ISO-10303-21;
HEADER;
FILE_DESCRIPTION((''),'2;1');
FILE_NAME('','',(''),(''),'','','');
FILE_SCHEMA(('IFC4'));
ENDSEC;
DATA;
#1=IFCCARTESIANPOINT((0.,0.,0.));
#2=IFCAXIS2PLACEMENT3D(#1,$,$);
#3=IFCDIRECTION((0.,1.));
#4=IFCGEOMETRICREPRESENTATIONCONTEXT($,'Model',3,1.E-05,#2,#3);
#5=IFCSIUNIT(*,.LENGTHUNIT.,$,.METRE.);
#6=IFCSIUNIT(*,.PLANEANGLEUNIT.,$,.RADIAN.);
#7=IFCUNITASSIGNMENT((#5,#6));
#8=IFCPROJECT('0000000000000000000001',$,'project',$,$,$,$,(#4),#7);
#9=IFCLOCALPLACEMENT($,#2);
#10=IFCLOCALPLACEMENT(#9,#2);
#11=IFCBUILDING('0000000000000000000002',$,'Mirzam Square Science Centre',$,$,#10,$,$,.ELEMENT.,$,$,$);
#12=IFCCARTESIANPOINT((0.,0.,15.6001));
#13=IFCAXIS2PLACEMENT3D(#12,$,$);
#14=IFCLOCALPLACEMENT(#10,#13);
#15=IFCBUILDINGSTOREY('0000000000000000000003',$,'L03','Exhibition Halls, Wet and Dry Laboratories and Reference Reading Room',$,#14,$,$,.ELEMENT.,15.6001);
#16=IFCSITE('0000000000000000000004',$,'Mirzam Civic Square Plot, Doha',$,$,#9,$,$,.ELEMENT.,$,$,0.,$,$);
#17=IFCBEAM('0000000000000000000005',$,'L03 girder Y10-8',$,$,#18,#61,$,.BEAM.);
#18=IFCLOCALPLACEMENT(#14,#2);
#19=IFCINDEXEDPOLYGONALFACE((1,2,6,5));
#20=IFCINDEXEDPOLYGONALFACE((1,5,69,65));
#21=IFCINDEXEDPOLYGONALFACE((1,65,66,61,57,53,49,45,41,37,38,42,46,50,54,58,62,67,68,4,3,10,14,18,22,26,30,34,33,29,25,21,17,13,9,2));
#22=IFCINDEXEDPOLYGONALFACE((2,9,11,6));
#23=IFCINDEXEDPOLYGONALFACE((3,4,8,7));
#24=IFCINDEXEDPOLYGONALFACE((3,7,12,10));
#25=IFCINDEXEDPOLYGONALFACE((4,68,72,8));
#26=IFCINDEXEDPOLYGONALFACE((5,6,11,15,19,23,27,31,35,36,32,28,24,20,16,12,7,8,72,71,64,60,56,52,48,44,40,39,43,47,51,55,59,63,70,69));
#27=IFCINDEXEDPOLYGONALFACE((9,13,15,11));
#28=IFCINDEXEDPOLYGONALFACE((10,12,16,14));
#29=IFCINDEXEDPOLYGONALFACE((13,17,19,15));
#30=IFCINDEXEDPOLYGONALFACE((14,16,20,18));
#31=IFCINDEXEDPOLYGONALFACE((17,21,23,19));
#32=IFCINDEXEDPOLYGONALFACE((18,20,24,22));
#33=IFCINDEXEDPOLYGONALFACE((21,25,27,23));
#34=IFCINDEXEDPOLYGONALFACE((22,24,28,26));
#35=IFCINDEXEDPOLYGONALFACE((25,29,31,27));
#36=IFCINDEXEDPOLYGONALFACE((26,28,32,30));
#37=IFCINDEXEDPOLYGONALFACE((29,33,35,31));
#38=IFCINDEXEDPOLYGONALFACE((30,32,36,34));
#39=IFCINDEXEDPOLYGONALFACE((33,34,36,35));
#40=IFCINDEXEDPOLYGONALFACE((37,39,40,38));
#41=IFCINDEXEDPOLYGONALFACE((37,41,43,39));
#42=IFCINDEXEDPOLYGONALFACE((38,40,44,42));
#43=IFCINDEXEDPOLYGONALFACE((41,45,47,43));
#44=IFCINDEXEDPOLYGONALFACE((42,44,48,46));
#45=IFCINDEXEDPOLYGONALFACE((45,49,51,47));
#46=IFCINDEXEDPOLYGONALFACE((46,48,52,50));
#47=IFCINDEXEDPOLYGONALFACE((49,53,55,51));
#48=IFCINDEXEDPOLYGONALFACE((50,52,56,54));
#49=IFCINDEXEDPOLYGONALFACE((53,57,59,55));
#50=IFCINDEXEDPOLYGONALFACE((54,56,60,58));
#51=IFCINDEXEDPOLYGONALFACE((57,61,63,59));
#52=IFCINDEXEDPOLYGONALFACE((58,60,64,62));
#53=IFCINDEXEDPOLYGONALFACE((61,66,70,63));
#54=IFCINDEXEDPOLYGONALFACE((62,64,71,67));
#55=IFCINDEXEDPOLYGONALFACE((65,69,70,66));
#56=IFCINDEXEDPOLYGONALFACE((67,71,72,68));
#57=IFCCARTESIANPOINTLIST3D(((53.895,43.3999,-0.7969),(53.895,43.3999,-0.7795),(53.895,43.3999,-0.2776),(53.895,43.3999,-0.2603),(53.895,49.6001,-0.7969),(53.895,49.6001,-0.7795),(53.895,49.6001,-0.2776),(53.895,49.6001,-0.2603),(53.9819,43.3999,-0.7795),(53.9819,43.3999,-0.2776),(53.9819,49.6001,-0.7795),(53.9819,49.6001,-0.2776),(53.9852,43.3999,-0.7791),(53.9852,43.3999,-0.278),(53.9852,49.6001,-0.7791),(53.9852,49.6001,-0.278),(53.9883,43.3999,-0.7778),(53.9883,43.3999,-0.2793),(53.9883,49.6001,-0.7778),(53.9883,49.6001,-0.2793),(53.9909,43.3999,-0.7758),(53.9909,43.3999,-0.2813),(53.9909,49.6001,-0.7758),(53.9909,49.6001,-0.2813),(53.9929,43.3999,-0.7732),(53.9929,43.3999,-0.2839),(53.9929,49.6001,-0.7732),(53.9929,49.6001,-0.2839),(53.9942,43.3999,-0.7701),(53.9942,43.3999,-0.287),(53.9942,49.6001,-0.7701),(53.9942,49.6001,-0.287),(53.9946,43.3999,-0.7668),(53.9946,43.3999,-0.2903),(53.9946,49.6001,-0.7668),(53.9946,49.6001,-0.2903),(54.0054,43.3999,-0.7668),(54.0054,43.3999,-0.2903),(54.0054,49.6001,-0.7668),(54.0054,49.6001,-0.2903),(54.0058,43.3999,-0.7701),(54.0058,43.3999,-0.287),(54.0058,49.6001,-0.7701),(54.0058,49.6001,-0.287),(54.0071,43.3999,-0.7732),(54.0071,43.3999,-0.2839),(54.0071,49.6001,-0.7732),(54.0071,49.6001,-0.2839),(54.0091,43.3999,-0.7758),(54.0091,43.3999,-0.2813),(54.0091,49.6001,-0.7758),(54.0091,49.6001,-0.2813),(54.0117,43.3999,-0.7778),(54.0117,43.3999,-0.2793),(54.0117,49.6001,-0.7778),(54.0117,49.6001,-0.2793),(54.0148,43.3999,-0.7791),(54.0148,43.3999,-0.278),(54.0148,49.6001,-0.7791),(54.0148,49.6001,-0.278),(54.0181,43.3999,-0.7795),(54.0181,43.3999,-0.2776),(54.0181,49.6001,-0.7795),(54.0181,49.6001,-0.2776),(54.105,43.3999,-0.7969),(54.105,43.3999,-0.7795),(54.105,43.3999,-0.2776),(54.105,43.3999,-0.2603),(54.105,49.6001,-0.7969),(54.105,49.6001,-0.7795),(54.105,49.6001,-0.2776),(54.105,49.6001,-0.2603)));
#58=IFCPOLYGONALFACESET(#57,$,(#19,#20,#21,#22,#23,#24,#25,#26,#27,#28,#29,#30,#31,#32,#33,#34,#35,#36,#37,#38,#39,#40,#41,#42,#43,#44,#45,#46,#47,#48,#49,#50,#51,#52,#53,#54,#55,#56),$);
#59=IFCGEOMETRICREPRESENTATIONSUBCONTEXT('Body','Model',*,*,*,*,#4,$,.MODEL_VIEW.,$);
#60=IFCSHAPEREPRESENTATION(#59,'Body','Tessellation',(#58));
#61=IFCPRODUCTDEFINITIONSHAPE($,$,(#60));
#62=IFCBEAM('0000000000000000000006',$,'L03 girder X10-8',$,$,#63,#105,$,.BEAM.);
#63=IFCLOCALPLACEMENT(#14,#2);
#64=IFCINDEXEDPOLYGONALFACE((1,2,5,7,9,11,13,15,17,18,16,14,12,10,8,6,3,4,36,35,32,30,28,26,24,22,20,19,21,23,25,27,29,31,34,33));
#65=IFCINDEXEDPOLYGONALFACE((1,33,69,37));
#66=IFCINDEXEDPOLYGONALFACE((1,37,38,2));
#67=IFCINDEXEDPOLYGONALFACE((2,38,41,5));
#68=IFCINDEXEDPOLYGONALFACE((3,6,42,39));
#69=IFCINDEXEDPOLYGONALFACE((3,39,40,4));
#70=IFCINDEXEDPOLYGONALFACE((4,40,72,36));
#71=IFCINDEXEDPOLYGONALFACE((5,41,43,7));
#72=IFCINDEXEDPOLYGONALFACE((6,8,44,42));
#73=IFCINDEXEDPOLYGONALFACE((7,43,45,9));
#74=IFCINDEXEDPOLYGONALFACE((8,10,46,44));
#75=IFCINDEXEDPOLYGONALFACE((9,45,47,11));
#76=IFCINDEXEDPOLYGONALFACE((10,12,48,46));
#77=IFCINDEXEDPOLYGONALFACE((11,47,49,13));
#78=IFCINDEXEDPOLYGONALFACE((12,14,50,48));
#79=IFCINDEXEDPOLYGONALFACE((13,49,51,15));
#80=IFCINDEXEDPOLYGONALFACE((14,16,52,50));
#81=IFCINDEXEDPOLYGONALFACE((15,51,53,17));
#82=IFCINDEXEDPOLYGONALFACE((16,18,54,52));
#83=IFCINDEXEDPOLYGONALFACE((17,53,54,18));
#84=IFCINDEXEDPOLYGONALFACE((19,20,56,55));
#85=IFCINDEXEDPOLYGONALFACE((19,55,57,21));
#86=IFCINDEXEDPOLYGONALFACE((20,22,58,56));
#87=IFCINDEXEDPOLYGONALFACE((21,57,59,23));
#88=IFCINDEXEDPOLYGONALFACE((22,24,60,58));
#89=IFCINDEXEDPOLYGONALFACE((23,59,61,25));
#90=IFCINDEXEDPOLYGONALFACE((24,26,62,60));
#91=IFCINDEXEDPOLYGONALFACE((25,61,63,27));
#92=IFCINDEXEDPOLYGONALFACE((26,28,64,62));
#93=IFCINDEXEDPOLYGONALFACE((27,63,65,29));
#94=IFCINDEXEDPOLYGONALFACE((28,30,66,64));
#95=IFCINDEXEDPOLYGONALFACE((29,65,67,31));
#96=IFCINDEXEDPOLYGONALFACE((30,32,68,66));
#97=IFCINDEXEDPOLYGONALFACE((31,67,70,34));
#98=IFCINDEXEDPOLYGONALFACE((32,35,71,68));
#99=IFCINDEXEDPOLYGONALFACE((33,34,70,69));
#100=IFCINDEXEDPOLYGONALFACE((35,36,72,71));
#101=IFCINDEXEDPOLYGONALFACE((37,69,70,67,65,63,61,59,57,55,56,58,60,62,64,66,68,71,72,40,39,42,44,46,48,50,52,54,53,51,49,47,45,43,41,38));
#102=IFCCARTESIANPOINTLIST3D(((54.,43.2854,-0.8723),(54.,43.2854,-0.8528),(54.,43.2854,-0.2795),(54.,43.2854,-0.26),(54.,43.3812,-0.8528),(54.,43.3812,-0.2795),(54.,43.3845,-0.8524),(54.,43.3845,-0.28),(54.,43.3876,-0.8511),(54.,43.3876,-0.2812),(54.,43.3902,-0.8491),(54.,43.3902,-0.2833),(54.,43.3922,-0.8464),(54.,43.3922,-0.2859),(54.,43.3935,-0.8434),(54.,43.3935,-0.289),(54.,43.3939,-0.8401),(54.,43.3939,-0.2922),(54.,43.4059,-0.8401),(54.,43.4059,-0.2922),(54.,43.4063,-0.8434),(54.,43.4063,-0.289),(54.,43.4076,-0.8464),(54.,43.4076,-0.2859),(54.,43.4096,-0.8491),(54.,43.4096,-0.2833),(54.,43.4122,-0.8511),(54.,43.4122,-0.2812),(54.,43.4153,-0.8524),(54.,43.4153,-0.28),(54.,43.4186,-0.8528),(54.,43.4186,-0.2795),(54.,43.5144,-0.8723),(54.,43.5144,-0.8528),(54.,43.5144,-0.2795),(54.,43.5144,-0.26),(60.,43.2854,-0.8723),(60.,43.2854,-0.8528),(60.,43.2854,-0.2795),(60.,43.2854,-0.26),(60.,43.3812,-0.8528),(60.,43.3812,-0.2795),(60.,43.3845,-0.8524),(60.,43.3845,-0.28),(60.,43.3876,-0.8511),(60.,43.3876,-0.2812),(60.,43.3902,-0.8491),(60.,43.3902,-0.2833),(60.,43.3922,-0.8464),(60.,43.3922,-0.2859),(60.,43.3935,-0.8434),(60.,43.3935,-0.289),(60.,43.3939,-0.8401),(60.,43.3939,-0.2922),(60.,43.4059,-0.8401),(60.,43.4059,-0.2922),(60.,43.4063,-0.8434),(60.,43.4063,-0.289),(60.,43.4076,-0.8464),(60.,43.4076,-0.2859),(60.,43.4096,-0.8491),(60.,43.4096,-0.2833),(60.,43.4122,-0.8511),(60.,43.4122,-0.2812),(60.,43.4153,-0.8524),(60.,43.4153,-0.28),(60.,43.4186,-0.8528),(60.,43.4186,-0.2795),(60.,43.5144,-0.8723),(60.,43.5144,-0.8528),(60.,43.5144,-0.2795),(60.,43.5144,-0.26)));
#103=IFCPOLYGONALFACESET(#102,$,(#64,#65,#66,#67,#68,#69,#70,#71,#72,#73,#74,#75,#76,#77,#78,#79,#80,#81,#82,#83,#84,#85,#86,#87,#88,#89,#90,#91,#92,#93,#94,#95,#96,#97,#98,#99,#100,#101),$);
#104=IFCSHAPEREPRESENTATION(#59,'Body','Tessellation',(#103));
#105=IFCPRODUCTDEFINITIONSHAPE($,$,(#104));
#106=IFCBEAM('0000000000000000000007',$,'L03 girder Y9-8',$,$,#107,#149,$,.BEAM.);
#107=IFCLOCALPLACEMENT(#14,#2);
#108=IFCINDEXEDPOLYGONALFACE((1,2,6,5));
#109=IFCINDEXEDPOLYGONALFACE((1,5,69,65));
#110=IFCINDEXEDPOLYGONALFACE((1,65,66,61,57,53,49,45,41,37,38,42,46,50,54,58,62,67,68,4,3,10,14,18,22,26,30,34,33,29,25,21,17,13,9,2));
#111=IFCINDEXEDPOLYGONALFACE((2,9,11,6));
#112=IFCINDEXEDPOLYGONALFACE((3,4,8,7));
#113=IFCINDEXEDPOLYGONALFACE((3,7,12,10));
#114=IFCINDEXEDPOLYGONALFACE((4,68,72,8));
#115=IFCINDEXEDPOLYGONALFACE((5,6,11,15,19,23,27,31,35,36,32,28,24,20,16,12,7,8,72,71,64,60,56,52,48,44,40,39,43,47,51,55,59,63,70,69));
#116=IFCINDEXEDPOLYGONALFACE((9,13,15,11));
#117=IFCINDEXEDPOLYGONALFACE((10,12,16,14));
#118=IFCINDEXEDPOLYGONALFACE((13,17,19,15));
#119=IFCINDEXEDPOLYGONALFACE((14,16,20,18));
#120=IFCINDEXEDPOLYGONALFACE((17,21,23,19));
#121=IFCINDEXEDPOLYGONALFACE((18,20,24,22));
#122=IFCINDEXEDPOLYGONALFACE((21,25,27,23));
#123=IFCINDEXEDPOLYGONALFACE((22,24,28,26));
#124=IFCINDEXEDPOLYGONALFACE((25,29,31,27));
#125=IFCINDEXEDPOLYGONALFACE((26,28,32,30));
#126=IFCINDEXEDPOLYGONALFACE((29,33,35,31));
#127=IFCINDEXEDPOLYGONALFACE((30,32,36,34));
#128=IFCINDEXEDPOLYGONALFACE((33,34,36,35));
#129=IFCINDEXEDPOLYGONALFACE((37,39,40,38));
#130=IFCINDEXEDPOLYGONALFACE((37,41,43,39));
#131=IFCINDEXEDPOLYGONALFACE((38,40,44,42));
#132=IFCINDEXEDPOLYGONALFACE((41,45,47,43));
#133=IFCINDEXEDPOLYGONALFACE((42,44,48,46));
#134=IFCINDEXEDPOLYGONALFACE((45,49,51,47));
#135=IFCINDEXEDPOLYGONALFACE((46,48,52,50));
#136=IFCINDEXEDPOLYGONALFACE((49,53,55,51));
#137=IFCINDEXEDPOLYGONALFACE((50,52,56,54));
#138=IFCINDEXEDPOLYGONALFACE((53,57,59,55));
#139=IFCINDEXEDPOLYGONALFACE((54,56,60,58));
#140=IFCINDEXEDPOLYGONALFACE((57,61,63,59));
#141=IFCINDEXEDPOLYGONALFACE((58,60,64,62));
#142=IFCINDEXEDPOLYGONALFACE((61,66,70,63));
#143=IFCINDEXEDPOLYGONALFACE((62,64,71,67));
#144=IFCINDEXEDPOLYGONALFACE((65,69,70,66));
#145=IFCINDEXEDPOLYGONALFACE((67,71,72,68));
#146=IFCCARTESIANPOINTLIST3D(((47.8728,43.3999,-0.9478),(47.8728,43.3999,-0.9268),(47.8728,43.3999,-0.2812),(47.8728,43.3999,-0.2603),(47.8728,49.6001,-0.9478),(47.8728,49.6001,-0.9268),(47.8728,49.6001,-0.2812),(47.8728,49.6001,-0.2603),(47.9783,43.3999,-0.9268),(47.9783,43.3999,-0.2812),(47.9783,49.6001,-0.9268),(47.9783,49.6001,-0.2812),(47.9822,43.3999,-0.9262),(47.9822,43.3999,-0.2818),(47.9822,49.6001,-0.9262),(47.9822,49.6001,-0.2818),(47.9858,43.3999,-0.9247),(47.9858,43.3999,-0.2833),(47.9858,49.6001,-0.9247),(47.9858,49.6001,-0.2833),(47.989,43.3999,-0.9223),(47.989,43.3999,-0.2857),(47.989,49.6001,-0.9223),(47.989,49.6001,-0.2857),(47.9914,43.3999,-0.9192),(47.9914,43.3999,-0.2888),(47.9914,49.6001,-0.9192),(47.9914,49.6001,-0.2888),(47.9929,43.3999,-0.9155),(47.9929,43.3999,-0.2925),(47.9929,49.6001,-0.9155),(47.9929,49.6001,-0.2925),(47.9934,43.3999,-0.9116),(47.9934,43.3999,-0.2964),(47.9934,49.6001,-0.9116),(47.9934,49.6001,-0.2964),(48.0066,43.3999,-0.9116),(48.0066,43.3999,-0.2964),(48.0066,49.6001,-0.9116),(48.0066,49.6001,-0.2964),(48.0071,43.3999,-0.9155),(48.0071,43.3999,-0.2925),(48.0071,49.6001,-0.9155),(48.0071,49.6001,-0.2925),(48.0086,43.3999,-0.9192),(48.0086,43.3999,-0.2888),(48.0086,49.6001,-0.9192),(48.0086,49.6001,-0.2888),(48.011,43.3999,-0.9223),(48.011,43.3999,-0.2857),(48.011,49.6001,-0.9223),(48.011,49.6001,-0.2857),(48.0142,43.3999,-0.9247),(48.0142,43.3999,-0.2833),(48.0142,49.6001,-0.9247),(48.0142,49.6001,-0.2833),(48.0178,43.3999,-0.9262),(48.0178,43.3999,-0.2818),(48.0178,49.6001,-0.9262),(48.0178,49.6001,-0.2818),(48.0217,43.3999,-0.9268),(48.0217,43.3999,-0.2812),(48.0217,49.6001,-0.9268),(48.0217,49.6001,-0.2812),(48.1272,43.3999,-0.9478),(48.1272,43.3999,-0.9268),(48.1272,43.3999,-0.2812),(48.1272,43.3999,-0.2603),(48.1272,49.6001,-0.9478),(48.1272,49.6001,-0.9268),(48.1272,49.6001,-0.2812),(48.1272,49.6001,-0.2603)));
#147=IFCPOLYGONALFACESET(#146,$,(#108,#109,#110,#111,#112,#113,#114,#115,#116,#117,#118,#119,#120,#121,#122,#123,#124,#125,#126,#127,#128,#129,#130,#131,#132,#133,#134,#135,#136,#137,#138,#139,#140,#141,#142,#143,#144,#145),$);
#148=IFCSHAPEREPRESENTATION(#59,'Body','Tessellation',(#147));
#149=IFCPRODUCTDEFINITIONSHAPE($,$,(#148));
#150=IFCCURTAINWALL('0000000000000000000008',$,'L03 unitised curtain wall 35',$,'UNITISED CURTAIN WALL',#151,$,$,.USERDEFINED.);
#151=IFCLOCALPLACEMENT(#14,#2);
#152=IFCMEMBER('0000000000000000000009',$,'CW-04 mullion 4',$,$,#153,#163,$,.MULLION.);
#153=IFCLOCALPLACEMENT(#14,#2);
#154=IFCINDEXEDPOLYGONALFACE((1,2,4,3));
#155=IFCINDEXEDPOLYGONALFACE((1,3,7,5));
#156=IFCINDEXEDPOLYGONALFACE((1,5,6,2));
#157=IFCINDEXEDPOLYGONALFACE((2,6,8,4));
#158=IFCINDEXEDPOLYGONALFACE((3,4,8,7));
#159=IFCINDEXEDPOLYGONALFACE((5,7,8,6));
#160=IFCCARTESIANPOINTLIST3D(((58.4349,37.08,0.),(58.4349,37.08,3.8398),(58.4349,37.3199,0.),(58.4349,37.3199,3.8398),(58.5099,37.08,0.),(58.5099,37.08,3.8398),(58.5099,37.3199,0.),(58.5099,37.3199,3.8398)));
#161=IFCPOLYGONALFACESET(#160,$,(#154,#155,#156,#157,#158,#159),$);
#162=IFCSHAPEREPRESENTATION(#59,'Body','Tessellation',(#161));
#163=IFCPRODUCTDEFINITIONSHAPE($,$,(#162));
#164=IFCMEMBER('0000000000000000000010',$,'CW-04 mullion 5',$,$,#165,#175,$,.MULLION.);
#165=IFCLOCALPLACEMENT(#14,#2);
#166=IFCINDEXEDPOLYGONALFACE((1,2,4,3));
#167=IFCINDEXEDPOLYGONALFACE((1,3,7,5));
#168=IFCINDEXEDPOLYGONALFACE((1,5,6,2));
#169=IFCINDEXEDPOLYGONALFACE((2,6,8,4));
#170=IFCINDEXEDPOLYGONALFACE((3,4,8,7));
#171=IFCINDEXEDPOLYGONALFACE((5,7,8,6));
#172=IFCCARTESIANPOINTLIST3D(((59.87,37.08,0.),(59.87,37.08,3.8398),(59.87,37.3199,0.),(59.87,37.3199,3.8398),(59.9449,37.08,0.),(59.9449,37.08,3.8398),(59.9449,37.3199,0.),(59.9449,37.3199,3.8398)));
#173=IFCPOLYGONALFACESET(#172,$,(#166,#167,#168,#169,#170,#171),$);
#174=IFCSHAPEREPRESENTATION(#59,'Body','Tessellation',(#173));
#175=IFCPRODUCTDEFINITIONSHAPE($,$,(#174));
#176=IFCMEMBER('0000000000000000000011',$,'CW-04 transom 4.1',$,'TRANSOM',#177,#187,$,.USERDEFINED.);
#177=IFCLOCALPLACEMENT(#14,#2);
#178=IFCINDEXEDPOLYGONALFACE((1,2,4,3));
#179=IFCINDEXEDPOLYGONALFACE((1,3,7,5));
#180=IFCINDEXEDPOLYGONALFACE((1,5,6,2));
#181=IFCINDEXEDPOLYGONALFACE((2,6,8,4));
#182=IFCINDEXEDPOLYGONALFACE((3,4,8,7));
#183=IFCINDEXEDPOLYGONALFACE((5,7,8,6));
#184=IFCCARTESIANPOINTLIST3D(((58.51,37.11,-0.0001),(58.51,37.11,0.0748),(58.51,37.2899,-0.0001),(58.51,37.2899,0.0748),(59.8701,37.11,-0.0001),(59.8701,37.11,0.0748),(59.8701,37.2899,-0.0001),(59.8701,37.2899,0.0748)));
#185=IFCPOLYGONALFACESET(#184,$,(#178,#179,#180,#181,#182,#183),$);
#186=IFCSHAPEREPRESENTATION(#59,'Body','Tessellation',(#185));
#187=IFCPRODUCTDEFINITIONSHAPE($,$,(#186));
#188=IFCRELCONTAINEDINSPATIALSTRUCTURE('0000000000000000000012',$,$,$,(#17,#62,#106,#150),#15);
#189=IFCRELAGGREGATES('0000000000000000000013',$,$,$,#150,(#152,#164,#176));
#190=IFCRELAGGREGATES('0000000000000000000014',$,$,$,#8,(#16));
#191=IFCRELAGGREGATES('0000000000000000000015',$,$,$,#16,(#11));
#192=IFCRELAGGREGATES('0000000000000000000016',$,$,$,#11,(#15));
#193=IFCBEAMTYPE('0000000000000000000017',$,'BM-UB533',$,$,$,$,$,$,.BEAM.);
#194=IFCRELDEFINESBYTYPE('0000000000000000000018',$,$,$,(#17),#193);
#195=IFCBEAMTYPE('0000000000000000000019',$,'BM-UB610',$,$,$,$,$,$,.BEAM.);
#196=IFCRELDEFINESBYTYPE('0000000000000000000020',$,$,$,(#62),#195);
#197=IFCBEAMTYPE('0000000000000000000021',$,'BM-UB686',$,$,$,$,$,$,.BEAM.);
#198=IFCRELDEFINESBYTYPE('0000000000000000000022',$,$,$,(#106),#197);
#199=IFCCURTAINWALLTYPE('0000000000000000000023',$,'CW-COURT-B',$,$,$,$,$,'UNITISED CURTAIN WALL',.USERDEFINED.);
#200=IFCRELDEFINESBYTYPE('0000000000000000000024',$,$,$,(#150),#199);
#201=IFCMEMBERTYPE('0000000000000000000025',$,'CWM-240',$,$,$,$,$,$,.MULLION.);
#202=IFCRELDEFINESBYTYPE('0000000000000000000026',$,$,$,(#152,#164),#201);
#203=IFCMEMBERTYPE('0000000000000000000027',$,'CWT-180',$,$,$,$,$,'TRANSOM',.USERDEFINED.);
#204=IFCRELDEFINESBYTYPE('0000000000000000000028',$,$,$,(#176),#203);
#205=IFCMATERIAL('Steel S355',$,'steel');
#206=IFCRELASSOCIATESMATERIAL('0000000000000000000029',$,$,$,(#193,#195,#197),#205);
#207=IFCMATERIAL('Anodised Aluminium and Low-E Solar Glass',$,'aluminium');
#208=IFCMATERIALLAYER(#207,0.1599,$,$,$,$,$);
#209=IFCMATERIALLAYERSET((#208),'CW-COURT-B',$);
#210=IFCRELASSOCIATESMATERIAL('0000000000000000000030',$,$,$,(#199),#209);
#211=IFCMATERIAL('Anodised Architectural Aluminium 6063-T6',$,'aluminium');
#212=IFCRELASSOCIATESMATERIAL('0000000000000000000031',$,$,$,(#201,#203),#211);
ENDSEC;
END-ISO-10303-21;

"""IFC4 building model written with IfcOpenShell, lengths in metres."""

from ifc_helpers import new_model, si_unit, direction, frame, origin, origin_2d, place, context, subcontext, project, spatial, rectangle, i_section, extrude, material, layer, layer_set, material_profile, profile_set, type_object, element, aggregate, save


model = new_model("IFC4")

# Units and contexts
model_context = context("Model", 3, precision=1e-05, world=origin(), true_north=direction((0.0, 1.0)))
body_context = subcontext(model_context, "Body", "Model", "MODEL_VIEW")
ifc_project = project(units=[si_unit("LENGTHUNIT", "METRE"), si_unit("PLANEANGLEUNIT", "RADIAN")], contexts=[model_context])

# Site, building, storey
site_placement = place(None, origin())
site = spatial("IfcSite", under=ifc_project, at=site_placement, Name="Mirzam Civic Square Plot, Doha", CompositionType="ELEMENT", RefElevation=0.0)
building_placement = place(site_placement, origin())
building = spatial("IfcBuilding", under=site, at=building_placement, Name="Mirzam Square Science Centre", CompositionType="ELEMENT")
storey_placement = place(building_placement, frame((0.0, 0.0, 15.6001)))
storey = spatial("IfcBuildingStorey", under=building, at=storey_placement, Name="L03", Description="Exhibition Halls, Wet and Dry Laboratories and Reference Reading Room", CompositionType="ELEMENT", Elevation=15.6001)

# Shared definitions
ifc_material_1 = material(Name="Steel S355", Category="steel")

# Beams
ifc_material_profile_1 = material_profile(ifc_material_1, i_section(OverallWidth=0.21, OverallDepth=0.5366, WebThickness=0.0107, FlangeThickness=0.0173, FilletRadius=0.0127, at=origin_2d()), Name="533x210x101UB")
ifc_profile_set_1 = profile_set([ifc_material_profile_1], Name="Steel S355")
beam_type_1 = type_object("IfcBeamType", Name="BM-UB533", PredefinedType="BEAM", material=ifc_profile_set_1)
beam_1_placement = place(storey_placement, frame((54.0, 43.3999, -0.5286), z_axis=(0.0, 1.0, 0.0), x_axis=(-1.0, 0.0, 0.0)))
element("IfcBeam", 1, at=beam_1_placement, inside=storey, type_object=beam_type_1, Name="L03 girder Y10-8", PredefinedType="BEAM", context=body_context, shape_type="SweptSolid", body=[
    extrude(i_section(OverallWidth=0.21, OverallDepth=0.5366, WebThickness=0.0107, FlangeThickness=0.0173, FilletRadius=0.0127, at=origin_2d()), origin(), (0.0, 0.0, 1.0), 6.2002),
])
ifc_material_profile_2 = material_profile(ifc_material_1, i_section(OverallWidth=0.229, OverallDepth=0.6123, WebThickness=0.012, FlangeThickness=0.0195, FilletRadius=0.0127, at=origin_2d()), Name="610x229x125UB")
ifc_profile_set_2 = profile_set([ifc_material_profile_2], Name="Steel S355")
beam_type_2 = type_object("IfcBeamType", Name="BM-UB610", PredefinedType="BEAM", material=ifc_profile_set_2)
beam_2_placement = place(storey_placement, frame((54.0, 43.3999, -0.5662), z_axis=(1.0, 0.0, 0.0), x_axis=(0.0, 1.0, 0.0)))
element("IfcBeam", 2, at=beam_2_placement, inside=storey, type_object=beam_type_2, Name="L03 girder X10-8", PredefinedType="BEAM", context=body_context, shape_type="SweptSolid", body=[
    extrude(i_section(OverallWidth=0.229, OverallDepth=0.6123, WebThickness=0.012, FlangeThickness=0.0195, FilletRadius=0.0127, at=origin_2d()), origin(), (0.0, 0.0, 1.0), 6.0),
])
ifc_material_profile_3 = material_profile(ifc_material_1, i_section(OverallWidth=0.2544, OverallDepth=0.6875, WebThickness=0.0132, FlangeThickness=0.021, FilletRadius=0.0151, at=origin_2d()), Name="686x254x152UB")
ifc_profile_set_3 = profile_set([ifc_material_profile_3], Name="Steel S355")
beam_type_3 = type_object("IfcBeamType", Name="BM-UB686", PredefinedType="BEAM", material=ifc_profile_set_3)
beam_3_placement = place(storey_placement, frame((48.0, 43.3999, -0.604), z_axis=(0.0, 1.0, 0.0), x_axis=(-1.0, 0.0, 0.0)))
element("IfcBeam", 3, at=beam_3_placement, inside=storey, type_object=beam_type_3, Name="L03 girder Y9-8", PredefinedType="BEAM", context=body_context, shape_type="SweptSolid", body=[
    extrude(i_section(OverallWidth=0.2544, OverallDepth=0.6875, WebThickness=0.0132, FlangeThickness=0.021, FilletRadius=0.0151, at=origin_2d()), origin(), (0.0, 0.0, 1.0), 6.2002),
])

# Curtain wall, members
ifc_material_2 = material(Name="Anodised Aluminium and Low-E Solar Glass", Category="aluminium")
ifc_layer_1 = layer(ifc_material_2, 0.1599)
ifc_layer_set_1 = layer_set([ifc_layer_1], Name="CW-COURT-B")
curtain_wall_type = type_object("IfcCurtainWallType", Name="CW-COURT-B", ElementType="UNITISED CURTAIN WALL", PredefinedType="USERDEFINED", material=ifc_layer_set_1)
curtain_wall_placement = place(storey_placement, origin())
curtain_wall = element("IfcCurtainWall", 4, at=curtain_wall_placement, inside=storey, type_object=curtain_wall_type, Name="L03 unitised curtain wall 35", ObjectType="UNITISED CURTAIN WALL", PredefinedType="USERDEFINED")
ifc_material_3 = material(Name="Anodised Architectural Aluminium 6063-T6", Category="aluminium")
ifc_material_profile_4 = material_profile(ifc_material_3, rectangle(XDim=0.075, YDim=0.24, at=origin_2d()), Name="ALU-MULL-240x75x5")
ifc_profile_set_4 = profile_set([ifc_material_profile_4], Name="Anodised Architectural Aluminium 6063-T6")
member_type_1 = type_object("IfcMemberType", Name="CWM-240", PredefinedType="MULLION", material=ifc_profile_set_4)
member_1_placement = place(storey_placement, frame((58.4724, 37.2, 0.0), z_axis=(0.0, 0.0, 1.0), x_axis=(1.0, 0.0, 0.0)))
member_1 = element("IfcMember", 5, at=member_1_placement, type_object=member_type_1, Name="CW-04 mullion 4", PredefinedType="MULLION", context=body_context, shape_type="SweptSolid", body=[
    extrude(rectangle(XDim=0.075, YDim=0.24, at=origin_2d()), origin(), (0.0, 0.0, 1.0), 3.8398),
])
member_2_placement = place(storey_placement, frame((59.9075, 37.2, 0.0), z_axis=(0.0, 0.0, 1.0), x_axis=(1.0, 0.0, 0.0)))
member_2 = element("IfcMember", 6, at=member_2_placement, type_object=member_type_1, Name="CW-04 mullion 5", PredefinedType="MULLION", context=body_context, shape_type="SweptSolid", body=[
    extrude(rectangle(XDim=0.075, YDim=0.24, at=origin_2d()), origin(), (0.0, 0.0, 1.0), 3.8398),
])
ifc_material_profile_5 = material_profile(ifc_material_3, rectangle(XDim=0.1799, YDim=0.075, at=origin_2d()), Name="ALU-TRAN-180x75x5")
ifc_profile_set_5 = profile_set([ifc_material_profile_5], Name="Anodised Architectural Aluminium 6063-T6")
member_type_2 = type_object("IfcMemberType", Name="CWT-180", ElementType="TRANSOM", PredefinedType="USERDEFINED", material=ifc_profile_set_5)
member_3_placement = place(storey_placement, frame((58.51, 37.2, 0.0374), z_axis=(1.0, 0.0, 0.0), x_axis=(0.0, 1.0, 0.0)))
member_3 = element("IfcMember", 7, at=member_3_placement, type_object=member_type_2, Name="CW-04 transom 4.1", ObjectType="TRANSOM", PredefinedType="USERDEFINED", context=body_context, shape_type="SweptSolid", body=[
    extrude(rectangle(XDim=0.1799, YDim=0.075, at=origin_2d()), origin(), (0.0, 0.0, 1.0), 1.3601),
])

aggregate(curtain_wall, [member_1, member_2, member_3])

save(model, "model.ifc")
